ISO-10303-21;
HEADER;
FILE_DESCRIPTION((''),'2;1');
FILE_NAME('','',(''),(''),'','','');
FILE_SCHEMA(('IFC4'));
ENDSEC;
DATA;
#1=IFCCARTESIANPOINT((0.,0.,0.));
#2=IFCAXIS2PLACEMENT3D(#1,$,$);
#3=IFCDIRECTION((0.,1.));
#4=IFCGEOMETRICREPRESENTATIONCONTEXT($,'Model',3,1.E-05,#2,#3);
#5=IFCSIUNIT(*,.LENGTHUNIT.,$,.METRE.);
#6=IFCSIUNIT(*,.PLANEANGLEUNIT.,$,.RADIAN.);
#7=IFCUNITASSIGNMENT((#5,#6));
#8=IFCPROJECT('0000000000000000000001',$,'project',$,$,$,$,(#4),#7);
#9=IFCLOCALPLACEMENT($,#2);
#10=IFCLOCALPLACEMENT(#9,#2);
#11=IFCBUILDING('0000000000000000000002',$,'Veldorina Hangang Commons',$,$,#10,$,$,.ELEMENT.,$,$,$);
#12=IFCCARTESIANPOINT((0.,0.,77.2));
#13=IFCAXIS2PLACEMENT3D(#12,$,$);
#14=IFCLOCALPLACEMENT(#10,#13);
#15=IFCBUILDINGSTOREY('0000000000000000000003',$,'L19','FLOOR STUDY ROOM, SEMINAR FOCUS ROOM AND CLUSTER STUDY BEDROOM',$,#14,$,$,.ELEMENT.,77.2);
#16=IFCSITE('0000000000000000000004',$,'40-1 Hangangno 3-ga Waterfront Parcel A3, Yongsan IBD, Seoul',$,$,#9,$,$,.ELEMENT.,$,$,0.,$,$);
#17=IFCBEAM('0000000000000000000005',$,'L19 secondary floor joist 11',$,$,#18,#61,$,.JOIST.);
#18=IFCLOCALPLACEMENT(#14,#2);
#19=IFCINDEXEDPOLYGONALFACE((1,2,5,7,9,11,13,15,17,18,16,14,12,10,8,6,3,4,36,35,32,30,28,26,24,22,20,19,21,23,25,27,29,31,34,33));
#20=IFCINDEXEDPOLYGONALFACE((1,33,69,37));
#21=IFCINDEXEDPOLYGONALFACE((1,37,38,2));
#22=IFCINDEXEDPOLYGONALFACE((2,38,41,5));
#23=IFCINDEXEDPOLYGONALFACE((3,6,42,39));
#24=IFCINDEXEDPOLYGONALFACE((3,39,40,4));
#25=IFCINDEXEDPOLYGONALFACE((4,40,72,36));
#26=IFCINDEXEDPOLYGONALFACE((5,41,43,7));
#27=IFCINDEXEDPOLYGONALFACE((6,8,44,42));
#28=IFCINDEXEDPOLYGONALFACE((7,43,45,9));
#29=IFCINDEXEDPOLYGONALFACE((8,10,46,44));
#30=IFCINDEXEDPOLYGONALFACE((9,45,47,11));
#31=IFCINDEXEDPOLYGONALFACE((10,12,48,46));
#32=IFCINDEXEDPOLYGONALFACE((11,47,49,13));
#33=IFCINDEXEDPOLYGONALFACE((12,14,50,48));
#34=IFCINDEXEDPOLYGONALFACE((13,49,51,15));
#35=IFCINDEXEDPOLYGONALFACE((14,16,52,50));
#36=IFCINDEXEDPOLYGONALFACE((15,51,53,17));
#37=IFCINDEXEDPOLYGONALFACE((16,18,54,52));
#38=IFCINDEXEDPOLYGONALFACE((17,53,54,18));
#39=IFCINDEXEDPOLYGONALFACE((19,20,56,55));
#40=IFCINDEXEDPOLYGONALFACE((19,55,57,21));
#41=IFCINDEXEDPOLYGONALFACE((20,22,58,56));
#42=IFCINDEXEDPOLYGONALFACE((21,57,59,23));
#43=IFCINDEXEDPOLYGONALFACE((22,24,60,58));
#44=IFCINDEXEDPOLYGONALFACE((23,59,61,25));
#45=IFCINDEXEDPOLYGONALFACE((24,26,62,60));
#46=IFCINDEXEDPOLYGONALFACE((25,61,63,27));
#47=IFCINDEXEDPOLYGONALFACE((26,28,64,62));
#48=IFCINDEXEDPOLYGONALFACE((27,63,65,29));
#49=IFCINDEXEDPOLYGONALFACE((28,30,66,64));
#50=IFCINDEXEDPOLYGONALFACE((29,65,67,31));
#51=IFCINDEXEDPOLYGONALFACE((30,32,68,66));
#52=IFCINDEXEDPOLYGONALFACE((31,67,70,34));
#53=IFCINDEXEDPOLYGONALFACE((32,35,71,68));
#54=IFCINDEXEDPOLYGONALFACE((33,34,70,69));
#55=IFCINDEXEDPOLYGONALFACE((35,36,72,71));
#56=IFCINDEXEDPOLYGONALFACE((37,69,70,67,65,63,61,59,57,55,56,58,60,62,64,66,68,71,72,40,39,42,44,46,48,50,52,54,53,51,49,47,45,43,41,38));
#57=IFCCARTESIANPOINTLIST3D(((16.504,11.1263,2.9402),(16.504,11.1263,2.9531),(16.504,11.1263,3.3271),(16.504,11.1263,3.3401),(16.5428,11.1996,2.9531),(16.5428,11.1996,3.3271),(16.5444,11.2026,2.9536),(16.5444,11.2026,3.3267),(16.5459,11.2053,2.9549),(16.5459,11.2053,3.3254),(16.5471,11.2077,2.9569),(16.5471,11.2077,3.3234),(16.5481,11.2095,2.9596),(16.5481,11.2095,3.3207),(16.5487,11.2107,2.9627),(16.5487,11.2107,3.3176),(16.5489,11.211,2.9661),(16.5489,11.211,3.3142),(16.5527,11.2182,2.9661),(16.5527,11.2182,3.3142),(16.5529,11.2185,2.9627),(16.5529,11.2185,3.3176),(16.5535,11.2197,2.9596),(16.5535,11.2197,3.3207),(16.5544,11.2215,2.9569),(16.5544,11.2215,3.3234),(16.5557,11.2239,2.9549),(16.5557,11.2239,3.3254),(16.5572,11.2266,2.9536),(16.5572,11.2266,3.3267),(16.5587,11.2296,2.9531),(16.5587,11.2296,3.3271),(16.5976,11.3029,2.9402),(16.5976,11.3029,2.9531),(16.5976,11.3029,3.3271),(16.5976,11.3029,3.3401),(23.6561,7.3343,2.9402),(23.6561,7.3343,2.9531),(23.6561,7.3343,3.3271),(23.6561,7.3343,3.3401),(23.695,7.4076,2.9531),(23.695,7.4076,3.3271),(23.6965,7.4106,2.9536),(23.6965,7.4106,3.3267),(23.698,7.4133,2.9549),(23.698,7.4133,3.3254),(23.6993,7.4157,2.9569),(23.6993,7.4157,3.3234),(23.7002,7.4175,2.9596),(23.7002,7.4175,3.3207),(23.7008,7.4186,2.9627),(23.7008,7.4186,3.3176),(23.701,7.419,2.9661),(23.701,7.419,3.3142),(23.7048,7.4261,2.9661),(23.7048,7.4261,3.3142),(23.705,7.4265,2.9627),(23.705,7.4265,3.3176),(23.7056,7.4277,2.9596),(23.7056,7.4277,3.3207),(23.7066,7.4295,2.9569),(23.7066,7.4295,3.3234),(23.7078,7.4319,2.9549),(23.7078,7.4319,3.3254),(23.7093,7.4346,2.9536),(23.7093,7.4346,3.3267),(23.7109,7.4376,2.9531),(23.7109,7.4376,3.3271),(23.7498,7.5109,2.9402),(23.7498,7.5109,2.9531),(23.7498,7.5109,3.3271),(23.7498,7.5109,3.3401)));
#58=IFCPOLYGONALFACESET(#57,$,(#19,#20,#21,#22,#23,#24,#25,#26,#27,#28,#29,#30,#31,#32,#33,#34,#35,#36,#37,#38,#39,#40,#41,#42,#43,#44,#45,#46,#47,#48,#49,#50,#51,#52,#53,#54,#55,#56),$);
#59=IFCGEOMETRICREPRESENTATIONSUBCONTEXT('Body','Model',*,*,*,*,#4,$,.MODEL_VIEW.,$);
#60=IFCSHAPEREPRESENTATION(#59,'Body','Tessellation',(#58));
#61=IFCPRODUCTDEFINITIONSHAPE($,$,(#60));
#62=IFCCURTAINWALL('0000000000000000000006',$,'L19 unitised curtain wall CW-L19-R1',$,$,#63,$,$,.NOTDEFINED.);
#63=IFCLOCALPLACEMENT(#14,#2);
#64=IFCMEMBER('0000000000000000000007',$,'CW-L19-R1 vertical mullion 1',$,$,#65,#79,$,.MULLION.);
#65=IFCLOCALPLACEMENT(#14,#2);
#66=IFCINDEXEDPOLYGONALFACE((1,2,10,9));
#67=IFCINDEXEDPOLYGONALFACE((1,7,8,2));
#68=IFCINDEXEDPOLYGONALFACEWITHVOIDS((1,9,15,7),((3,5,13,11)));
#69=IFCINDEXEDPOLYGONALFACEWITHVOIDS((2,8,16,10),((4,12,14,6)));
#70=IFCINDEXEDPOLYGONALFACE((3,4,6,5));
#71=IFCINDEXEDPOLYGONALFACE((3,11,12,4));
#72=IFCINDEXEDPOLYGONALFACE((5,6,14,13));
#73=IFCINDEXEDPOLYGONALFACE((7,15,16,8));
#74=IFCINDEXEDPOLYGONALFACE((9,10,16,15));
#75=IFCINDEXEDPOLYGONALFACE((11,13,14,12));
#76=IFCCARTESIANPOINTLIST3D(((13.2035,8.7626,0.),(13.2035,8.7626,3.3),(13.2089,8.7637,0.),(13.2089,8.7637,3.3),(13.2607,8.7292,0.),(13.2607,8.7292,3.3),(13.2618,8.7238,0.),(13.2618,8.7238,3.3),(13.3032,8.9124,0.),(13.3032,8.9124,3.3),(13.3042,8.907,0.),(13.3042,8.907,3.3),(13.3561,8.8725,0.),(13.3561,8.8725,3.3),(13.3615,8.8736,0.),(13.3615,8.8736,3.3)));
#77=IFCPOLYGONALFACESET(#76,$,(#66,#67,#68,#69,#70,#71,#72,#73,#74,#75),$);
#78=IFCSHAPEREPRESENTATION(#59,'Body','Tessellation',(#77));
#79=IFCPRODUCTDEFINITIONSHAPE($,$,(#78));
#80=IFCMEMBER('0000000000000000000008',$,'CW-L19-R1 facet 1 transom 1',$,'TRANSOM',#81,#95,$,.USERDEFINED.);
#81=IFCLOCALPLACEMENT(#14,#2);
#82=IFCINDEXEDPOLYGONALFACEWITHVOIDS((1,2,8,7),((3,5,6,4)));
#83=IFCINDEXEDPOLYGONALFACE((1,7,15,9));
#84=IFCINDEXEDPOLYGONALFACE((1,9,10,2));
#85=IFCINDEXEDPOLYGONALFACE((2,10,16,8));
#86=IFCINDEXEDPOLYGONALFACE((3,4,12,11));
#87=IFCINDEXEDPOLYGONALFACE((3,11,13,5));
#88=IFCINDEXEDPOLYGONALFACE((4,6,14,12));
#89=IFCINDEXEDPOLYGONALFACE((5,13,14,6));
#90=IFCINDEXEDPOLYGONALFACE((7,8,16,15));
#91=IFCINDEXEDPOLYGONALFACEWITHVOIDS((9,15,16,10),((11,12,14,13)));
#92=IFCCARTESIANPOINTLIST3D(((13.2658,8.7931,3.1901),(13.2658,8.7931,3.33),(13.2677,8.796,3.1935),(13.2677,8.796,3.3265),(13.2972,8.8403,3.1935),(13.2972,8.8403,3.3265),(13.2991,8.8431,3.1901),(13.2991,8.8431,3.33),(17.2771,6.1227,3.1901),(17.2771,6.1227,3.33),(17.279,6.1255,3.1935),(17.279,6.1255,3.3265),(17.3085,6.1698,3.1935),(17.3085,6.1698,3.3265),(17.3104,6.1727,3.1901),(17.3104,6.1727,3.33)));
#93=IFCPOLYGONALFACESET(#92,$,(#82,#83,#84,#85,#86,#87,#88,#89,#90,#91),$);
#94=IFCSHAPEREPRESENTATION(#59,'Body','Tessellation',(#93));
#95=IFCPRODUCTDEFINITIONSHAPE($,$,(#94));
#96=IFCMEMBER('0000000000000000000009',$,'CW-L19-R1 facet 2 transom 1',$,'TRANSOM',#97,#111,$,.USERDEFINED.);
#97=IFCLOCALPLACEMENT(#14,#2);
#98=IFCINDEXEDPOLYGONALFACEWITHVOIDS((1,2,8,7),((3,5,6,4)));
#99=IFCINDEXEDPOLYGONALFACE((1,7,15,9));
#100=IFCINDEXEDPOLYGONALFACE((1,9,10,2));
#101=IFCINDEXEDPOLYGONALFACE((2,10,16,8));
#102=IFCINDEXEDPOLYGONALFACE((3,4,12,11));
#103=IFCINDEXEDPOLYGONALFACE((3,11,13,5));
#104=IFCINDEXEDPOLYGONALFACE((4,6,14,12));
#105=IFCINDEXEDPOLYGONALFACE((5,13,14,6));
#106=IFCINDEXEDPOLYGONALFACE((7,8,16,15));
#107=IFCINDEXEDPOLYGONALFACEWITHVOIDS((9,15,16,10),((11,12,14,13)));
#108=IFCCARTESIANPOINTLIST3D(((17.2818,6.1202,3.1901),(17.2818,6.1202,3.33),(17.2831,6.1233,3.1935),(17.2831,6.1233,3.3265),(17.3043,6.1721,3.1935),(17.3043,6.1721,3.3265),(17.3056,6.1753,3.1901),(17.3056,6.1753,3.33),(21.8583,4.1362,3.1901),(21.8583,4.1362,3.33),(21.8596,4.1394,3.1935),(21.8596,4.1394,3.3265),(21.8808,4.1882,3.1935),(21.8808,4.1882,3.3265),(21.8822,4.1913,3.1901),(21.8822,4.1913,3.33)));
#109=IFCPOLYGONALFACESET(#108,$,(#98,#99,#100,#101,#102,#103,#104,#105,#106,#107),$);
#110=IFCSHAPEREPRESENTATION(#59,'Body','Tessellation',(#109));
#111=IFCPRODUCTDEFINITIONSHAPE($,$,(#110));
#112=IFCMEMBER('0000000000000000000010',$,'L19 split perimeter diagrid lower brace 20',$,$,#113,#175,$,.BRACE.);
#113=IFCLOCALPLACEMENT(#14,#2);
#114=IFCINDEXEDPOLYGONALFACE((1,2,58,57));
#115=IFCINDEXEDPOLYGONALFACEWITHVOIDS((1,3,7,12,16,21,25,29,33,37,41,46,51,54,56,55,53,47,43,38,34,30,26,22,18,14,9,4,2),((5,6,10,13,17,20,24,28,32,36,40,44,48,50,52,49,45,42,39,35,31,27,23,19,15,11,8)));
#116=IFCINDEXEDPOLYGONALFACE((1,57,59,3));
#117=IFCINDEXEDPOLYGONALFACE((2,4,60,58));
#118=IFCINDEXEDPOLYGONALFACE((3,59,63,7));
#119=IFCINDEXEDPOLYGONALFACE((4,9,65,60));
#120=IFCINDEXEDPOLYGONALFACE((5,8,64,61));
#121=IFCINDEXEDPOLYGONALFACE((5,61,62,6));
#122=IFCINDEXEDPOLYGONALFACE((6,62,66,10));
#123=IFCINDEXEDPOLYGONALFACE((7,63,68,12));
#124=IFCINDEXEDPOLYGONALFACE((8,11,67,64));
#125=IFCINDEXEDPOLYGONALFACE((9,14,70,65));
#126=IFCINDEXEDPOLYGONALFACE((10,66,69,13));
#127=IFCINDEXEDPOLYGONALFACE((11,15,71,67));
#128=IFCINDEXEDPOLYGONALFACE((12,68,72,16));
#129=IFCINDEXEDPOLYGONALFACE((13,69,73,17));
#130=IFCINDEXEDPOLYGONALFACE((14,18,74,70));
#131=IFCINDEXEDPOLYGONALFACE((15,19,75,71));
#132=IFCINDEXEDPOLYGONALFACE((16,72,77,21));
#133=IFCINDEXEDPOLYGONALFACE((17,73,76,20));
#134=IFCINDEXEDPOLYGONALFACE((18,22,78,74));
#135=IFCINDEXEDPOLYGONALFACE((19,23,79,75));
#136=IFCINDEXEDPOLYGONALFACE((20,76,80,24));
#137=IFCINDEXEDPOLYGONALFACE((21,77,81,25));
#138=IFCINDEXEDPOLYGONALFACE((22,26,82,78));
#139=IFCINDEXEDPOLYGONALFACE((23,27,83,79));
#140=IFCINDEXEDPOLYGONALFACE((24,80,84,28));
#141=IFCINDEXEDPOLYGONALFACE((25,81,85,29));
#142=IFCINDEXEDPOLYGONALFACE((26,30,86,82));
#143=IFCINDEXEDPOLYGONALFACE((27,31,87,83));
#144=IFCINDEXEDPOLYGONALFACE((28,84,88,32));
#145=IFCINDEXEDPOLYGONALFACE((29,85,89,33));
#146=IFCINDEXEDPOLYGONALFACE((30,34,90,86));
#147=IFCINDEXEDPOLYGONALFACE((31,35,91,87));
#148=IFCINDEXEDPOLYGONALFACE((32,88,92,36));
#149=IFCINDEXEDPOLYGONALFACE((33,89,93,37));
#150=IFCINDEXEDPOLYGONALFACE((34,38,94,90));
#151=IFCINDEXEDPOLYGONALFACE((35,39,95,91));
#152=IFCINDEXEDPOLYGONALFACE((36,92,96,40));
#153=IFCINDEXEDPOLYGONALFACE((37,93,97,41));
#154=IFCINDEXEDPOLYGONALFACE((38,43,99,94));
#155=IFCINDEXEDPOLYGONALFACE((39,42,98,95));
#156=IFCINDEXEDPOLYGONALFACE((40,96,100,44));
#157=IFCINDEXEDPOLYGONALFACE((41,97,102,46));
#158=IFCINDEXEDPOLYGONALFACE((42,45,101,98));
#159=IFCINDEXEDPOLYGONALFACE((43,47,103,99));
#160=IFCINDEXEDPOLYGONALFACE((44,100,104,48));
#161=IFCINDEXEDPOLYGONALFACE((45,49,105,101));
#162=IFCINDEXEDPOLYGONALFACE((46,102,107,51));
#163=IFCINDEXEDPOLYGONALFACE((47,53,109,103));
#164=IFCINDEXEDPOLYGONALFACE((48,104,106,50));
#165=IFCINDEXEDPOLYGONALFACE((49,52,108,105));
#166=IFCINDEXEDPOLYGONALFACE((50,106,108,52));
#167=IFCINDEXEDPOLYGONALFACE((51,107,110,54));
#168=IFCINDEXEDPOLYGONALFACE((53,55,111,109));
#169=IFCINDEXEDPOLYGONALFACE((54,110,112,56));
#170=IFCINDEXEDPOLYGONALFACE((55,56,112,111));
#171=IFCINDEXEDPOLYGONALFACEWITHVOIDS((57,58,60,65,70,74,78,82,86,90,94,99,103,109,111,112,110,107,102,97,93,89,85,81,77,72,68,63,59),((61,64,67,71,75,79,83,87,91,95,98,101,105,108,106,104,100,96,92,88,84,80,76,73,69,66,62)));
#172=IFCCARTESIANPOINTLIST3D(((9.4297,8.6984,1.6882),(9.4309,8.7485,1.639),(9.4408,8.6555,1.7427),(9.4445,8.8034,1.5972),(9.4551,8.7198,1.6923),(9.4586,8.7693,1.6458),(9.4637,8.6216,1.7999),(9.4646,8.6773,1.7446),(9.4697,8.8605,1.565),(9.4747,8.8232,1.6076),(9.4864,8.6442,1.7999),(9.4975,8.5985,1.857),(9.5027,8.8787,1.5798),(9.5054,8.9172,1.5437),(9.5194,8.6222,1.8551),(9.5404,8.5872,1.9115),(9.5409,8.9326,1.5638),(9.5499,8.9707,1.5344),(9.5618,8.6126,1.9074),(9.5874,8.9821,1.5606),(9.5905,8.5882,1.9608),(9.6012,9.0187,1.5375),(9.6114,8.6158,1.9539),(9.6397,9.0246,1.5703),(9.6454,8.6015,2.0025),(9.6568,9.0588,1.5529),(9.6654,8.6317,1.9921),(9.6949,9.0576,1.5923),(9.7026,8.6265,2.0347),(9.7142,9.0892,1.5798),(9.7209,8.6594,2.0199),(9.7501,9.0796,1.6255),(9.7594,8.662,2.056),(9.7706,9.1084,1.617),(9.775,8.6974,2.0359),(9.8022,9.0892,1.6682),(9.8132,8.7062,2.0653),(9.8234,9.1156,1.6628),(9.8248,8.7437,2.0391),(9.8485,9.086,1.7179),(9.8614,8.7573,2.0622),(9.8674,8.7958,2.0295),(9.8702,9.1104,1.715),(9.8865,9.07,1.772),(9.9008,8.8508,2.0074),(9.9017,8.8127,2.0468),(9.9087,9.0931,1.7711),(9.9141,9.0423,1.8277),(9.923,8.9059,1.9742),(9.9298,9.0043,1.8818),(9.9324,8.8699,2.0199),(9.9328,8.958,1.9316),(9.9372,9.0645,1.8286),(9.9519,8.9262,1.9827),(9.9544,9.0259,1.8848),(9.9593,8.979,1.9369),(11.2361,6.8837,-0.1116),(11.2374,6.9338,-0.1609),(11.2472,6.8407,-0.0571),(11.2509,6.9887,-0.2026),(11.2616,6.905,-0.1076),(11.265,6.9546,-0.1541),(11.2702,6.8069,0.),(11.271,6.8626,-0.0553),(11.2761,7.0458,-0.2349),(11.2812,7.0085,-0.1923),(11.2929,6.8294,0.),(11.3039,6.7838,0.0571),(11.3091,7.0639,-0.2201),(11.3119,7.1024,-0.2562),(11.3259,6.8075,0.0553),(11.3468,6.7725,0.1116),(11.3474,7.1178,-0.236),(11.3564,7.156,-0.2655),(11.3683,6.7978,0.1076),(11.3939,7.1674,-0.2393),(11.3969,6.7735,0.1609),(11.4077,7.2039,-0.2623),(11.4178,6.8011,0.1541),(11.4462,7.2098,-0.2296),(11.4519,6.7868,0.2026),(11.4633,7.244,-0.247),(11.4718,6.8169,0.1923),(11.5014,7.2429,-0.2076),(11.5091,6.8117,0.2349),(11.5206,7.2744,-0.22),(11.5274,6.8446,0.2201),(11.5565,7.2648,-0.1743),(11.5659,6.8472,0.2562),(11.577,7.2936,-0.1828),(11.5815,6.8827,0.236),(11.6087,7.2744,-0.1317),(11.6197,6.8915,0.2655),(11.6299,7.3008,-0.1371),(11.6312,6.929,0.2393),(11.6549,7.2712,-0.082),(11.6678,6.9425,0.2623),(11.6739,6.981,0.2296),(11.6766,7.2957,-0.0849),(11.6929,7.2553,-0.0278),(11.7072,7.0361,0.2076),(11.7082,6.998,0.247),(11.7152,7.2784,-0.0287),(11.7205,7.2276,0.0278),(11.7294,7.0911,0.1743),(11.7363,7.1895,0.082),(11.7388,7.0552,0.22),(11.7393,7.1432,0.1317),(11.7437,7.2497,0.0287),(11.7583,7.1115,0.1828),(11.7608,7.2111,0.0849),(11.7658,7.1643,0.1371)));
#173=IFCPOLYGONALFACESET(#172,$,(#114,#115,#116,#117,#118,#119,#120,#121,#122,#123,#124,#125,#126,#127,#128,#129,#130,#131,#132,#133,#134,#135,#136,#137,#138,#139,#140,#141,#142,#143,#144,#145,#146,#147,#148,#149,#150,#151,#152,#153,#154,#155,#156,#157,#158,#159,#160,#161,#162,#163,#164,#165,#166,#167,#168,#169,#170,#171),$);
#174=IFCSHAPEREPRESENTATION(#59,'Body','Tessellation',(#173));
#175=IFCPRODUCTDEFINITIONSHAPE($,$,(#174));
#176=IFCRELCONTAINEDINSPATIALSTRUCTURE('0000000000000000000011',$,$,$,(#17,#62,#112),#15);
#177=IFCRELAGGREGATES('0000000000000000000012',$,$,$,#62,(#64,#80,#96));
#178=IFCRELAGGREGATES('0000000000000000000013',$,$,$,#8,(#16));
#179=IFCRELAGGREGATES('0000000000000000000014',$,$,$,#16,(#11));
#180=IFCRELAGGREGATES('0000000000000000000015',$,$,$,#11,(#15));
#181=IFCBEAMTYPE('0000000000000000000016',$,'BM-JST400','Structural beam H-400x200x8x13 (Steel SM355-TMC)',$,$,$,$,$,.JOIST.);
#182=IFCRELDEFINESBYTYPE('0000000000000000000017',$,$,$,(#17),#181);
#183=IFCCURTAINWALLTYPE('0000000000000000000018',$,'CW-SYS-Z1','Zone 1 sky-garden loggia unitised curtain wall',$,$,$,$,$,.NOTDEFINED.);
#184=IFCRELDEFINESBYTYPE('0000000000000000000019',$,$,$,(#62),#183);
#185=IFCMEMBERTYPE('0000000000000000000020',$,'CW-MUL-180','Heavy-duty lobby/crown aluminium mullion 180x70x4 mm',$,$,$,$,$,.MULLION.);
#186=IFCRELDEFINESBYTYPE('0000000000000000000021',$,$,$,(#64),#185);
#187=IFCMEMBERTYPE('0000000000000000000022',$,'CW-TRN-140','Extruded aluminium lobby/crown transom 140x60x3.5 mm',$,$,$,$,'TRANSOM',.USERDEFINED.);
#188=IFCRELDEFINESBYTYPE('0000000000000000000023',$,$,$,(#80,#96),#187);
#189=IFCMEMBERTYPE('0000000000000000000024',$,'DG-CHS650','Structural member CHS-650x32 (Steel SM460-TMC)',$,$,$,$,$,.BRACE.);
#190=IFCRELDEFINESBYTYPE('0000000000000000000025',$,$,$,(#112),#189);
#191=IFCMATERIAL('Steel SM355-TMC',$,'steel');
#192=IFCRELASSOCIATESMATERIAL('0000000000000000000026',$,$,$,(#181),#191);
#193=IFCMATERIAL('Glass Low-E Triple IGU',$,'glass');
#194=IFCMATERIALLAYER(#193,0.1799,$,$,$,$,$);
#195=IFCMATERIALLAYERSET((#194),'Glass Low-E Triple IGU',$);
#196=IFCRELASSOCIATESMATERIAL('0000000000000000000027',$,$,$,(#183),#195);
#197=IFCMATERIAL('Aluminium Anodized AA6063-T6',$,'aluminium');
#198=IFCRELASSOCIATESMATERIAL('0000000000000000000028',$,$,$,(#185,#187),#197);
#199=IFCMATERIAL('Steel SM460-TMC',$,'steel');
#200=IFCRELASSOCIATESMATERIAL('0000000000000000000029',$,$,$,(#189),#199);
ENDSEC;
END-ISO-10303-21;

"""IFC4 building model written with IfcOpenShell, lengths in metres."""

from ifc_helpers import new_model, si_unit, direction, frame, origin, origin_2d, place, context, subcontext, project, spatial, hollow_rectangle, hollow_circle, i_section, extrude, material, layer, layer_set, material_profile, profile_set, type_object, element, aggregate, save


model = new_model("IFC4")

# Units and contexts
model_context = context("Model", 3, precision=1e-05, world=origin(), true_north=direction((0.0, 1.0)))
body_context = subcontext(model_context, "Body", "Model", "MODEL_VIEW")
ifc_project = project(units=[si_unit("LENGTHUNIT", "METRE"), si_unit("PLANEANGLEUNIT", "RADIAN")], contexts=[model_context])

# Site, building, storey
site_placement = place(None, origin())
site = spatial("IfcSite", under=ifc_project, at=site_placement, Name="40-1 Hangangno 3-ga Waterfront Parcel A3, Yongsan IBD, Seoul", CompositionType="ELEMENT", RefElevation=0.0)
building_placement = place(site_placement, origin())
building = spatial("IfcBuilding", under=site, at=building_placement, Name="Veldorina Hangang Commons", CompositionType="ELEMENT")
storey_placement = place(building_placement, frame((0.0, 0.0, 77.2)))
storey = spatial("IfcBuildingStorey", under=building, at=storey_placement, Name="L19", Description="FLOOR STUDY ROOM, SEMINAR FOCUS ROOM AND CLUSTER STUDY BEDROOM", CompositionType="ELEMENT", Elevation=77.2)

# Beam
ifc_material_1 = material(Name="Steel SM355-TMC", Category="steel")
ifc_material_profile_1 = material_profile(ifc_material_1, i_section(OverallWidth=0.2, OverallDepth=0.3999, WebThickness=0.0081, FlangeThickness=0.0129, FilletRadius=0.0129, at=origin_2d()), Name="H-400x200x8x13")
ifc_profile_set_1 = profile_set([ifc_material_profile_1], Name="Steel SM355-TMC")
beam_type = type_object("IfcBeamType", Name="BM-JST400", Description="Structural beam H-400x200x8x13 (Steel SM355-TMC)", PredefinedType="JOIST", material=ifc_profile_set_1)
beam_placement = place(storey_placement, frame((16.5508, 11.2146, 3.1401), z_axis=(0.883502, -0.468427, 0.0), x_axis=(0.468427, 0.883502, 0.0)))
element("IfcBeam", 1, at=beam_placement, inside=storey, type_object=beam_type, Name="L19 secondary floor joist 11", PredefinedType="JOIST", context=body_context, shape_type="SweptSolid", body=[
    extrude(i_section(OverallWidth=0.2, OverallDepth=0.3999, WebThickness=0.0081, FlangeThickness=0.0129, FilletRadius=0.0129, at=origin_2d()), origin(), (0.0, 0.0, 1.0), 8.0952),
])

# Curtain wall, members
ifc_material_2 = material(Name="Glass Low-E Triple IGU", Category="glass")
ifc_layer_1 = layer(ifc_material_2, 0.1799)
ifc_layer_set_1 = layer_set([ifc_layer_1], Name="Glass Low-E Triple IGU")
curtain_wall_type = type_object("IfcCurtainWallType", Name="CW-SYS-Z1", Description="Zone 1 sky-garden loggia unitised curtain wall", PredefinedType="NOTDEFINED", material=ifc_layer_set_1)
curtain_wall_placement = place(storey_placement, origin())
curtain_wall = element("IfcCurtainWall", 2, at=curtain_wall_placement, inside=storey, type_object=curtain_wall_type, Name="L19 unitised curtain wall CW-L19-R1", PredefinedType="NOTDEFINED")
ifc_material_3 = material(Name="Aluminium Anodized AA6063-T6", Category="aluminium")
ifc_material_profile_2 = material_profile(ifc_material_3, hollow_rectangle(XDim=0.0701, YDim=0.1799, WallThickness=0.0039, at=origin_2d()), Name="ALU-RHS-180x70x4")
ifc_profile_set_2 = profile_set([ifc_material_profile_2], Name="Aluminium Anodized AA6063-T6")
member_type_1 = type_object("IfcMemberType", Name="CW-MUL-180", Description="Heavy-duty lobby/crown aluminium mullion 180x70x4 mm", PredefinedType="MULLION", material=ifc_profile_set_2)
member_1_placement = place(storey_placement, frame((13.2825, 8.8181, 0.0), z_axis=(0.0, 0.0, 1.0), x_axis=(0.832428, -0.554133, 0.0)))
member_1 = element("IfcMember", 3, at=member_1_placement, type_object=member_type_1, Name="CW-L19-R1 vertical mullion 1", PredefinedType="MULLION", context=body_context, shape_type="SweptSolid", body=[
    extrude(hollow_rectangle(XDim=0.0701, YDim=0.1799, WallThickness=0.0039, at=origin_2d()), origin(), (0.0, 0.0, 1.0), 3.3),
])
ifc_material_profile_3 = material_profile(ifc_material_3, hollow_rectangle(XDim=0.0601, YDim=0.1399, WallThickness=0.0034, at=origin_2d()), Name="ALU-RHS-140x60x3.5")
ifc_profile_set_3 = profile_set([ifc_material_profile_3], Name="Aluminium Anodized AA6063-T6")
member_type_2 = type_object("IfcMemberType", Name="CW-TRN-140", Description="Extruded aluminium lobby/crown transom 140x60x3.5 mm", ElementType="TRANSOM", PredefinedType="USERDEFINED", material=ifc_profile_set_3)
member_2_placement = place(storey_placement, frame((13.2825, 8.8181, 3.26), z_axis=(0.832409, -0.554162, 0.0), x_axis=(0.554162, 0.832409, 0.0)))
member_2 = element("IfcMember", 4, at=member_2_placement, type_object=member_type_2, Name="CW-L19-R1 facet 1 transom 1", ObjectType="TRANSOM", PredefinedType="USERDEFINED", context=body_context, shape_type="SweptSolid", body=[
    extrude(hollow_rectangle(XDim=0.0601, YDim=0.1399, WallThickness=0.0034, at=origin_2d()), origin(), (0.0, 0.0, 1.0), 4.8188),
])
member_3_placement = place(storey_placement, frame((17.2937, 6.1477, 3.26), z_axis=(0.917499, -0.397738, 0.0), x_axis=(0.397738, 0.917499, 0.0)))
member_3 = element("IfcMember", 5, at=member_3_placement, type_object=member_type_2, Name="CW-L19-R1 facet 2 transom 1", ObjectType="TRANSOM", PredefinedType="USERDEFINED", context=body_context, shape_type="SweptSolid", body=[
    extrude(hollow_rectangle(XDim=0.0601, YDim=0.1399, WallThickness=0.0034, at=origin_2d()), origin(), (0.0, 0.0, 1.0), 4.988),
])

# Member
ifc_material_4 = material(Name="Steel SM460-TMC", Category="steel")
ifc_material_profile_4 = material_profile(ifc_material_4, hollow_circle(Radius=0.325, WallThickness=0.032, at=origin_2d()), Name="CHS-650x32")
ifc_profile_set_4 = profile_set([ifc_material_profile_4], Name="Steel SM460-TMC")
member_type_3 = type_object("IfcMemberType", Name="DG-CHS650", Description="Structural member CHS-650x32 (Steel SM460-TMC)", PredefinedType="BRACE", material=ifc_profile_set_4)
member_4_placement = place(storey_placement, frame((11.5005, 7.0361, 0.0), z_axis=(-0.577165, 0.579817, 0.575059), x_axis=(-0.708726, -0.705484, 0.0)))
element("IfcMember", 6, at=member_4_placement, inside=storey, type_object=member_type_3, Name="L19 split perimeter diagrid lower brace 20", PredefinedType="BRACE", context=body_context, shape_type="SweptSolid", body=[
    extrude(hollow_circle(Radius=0.325, WallThickness=0.032, at=origin_2d()), origin(), (0.0, 0.0, 1.0), 3.1299),
])

aggregate(curtain_wall, [member_1, member_2, member_3])

save(model, "model.ifc")
